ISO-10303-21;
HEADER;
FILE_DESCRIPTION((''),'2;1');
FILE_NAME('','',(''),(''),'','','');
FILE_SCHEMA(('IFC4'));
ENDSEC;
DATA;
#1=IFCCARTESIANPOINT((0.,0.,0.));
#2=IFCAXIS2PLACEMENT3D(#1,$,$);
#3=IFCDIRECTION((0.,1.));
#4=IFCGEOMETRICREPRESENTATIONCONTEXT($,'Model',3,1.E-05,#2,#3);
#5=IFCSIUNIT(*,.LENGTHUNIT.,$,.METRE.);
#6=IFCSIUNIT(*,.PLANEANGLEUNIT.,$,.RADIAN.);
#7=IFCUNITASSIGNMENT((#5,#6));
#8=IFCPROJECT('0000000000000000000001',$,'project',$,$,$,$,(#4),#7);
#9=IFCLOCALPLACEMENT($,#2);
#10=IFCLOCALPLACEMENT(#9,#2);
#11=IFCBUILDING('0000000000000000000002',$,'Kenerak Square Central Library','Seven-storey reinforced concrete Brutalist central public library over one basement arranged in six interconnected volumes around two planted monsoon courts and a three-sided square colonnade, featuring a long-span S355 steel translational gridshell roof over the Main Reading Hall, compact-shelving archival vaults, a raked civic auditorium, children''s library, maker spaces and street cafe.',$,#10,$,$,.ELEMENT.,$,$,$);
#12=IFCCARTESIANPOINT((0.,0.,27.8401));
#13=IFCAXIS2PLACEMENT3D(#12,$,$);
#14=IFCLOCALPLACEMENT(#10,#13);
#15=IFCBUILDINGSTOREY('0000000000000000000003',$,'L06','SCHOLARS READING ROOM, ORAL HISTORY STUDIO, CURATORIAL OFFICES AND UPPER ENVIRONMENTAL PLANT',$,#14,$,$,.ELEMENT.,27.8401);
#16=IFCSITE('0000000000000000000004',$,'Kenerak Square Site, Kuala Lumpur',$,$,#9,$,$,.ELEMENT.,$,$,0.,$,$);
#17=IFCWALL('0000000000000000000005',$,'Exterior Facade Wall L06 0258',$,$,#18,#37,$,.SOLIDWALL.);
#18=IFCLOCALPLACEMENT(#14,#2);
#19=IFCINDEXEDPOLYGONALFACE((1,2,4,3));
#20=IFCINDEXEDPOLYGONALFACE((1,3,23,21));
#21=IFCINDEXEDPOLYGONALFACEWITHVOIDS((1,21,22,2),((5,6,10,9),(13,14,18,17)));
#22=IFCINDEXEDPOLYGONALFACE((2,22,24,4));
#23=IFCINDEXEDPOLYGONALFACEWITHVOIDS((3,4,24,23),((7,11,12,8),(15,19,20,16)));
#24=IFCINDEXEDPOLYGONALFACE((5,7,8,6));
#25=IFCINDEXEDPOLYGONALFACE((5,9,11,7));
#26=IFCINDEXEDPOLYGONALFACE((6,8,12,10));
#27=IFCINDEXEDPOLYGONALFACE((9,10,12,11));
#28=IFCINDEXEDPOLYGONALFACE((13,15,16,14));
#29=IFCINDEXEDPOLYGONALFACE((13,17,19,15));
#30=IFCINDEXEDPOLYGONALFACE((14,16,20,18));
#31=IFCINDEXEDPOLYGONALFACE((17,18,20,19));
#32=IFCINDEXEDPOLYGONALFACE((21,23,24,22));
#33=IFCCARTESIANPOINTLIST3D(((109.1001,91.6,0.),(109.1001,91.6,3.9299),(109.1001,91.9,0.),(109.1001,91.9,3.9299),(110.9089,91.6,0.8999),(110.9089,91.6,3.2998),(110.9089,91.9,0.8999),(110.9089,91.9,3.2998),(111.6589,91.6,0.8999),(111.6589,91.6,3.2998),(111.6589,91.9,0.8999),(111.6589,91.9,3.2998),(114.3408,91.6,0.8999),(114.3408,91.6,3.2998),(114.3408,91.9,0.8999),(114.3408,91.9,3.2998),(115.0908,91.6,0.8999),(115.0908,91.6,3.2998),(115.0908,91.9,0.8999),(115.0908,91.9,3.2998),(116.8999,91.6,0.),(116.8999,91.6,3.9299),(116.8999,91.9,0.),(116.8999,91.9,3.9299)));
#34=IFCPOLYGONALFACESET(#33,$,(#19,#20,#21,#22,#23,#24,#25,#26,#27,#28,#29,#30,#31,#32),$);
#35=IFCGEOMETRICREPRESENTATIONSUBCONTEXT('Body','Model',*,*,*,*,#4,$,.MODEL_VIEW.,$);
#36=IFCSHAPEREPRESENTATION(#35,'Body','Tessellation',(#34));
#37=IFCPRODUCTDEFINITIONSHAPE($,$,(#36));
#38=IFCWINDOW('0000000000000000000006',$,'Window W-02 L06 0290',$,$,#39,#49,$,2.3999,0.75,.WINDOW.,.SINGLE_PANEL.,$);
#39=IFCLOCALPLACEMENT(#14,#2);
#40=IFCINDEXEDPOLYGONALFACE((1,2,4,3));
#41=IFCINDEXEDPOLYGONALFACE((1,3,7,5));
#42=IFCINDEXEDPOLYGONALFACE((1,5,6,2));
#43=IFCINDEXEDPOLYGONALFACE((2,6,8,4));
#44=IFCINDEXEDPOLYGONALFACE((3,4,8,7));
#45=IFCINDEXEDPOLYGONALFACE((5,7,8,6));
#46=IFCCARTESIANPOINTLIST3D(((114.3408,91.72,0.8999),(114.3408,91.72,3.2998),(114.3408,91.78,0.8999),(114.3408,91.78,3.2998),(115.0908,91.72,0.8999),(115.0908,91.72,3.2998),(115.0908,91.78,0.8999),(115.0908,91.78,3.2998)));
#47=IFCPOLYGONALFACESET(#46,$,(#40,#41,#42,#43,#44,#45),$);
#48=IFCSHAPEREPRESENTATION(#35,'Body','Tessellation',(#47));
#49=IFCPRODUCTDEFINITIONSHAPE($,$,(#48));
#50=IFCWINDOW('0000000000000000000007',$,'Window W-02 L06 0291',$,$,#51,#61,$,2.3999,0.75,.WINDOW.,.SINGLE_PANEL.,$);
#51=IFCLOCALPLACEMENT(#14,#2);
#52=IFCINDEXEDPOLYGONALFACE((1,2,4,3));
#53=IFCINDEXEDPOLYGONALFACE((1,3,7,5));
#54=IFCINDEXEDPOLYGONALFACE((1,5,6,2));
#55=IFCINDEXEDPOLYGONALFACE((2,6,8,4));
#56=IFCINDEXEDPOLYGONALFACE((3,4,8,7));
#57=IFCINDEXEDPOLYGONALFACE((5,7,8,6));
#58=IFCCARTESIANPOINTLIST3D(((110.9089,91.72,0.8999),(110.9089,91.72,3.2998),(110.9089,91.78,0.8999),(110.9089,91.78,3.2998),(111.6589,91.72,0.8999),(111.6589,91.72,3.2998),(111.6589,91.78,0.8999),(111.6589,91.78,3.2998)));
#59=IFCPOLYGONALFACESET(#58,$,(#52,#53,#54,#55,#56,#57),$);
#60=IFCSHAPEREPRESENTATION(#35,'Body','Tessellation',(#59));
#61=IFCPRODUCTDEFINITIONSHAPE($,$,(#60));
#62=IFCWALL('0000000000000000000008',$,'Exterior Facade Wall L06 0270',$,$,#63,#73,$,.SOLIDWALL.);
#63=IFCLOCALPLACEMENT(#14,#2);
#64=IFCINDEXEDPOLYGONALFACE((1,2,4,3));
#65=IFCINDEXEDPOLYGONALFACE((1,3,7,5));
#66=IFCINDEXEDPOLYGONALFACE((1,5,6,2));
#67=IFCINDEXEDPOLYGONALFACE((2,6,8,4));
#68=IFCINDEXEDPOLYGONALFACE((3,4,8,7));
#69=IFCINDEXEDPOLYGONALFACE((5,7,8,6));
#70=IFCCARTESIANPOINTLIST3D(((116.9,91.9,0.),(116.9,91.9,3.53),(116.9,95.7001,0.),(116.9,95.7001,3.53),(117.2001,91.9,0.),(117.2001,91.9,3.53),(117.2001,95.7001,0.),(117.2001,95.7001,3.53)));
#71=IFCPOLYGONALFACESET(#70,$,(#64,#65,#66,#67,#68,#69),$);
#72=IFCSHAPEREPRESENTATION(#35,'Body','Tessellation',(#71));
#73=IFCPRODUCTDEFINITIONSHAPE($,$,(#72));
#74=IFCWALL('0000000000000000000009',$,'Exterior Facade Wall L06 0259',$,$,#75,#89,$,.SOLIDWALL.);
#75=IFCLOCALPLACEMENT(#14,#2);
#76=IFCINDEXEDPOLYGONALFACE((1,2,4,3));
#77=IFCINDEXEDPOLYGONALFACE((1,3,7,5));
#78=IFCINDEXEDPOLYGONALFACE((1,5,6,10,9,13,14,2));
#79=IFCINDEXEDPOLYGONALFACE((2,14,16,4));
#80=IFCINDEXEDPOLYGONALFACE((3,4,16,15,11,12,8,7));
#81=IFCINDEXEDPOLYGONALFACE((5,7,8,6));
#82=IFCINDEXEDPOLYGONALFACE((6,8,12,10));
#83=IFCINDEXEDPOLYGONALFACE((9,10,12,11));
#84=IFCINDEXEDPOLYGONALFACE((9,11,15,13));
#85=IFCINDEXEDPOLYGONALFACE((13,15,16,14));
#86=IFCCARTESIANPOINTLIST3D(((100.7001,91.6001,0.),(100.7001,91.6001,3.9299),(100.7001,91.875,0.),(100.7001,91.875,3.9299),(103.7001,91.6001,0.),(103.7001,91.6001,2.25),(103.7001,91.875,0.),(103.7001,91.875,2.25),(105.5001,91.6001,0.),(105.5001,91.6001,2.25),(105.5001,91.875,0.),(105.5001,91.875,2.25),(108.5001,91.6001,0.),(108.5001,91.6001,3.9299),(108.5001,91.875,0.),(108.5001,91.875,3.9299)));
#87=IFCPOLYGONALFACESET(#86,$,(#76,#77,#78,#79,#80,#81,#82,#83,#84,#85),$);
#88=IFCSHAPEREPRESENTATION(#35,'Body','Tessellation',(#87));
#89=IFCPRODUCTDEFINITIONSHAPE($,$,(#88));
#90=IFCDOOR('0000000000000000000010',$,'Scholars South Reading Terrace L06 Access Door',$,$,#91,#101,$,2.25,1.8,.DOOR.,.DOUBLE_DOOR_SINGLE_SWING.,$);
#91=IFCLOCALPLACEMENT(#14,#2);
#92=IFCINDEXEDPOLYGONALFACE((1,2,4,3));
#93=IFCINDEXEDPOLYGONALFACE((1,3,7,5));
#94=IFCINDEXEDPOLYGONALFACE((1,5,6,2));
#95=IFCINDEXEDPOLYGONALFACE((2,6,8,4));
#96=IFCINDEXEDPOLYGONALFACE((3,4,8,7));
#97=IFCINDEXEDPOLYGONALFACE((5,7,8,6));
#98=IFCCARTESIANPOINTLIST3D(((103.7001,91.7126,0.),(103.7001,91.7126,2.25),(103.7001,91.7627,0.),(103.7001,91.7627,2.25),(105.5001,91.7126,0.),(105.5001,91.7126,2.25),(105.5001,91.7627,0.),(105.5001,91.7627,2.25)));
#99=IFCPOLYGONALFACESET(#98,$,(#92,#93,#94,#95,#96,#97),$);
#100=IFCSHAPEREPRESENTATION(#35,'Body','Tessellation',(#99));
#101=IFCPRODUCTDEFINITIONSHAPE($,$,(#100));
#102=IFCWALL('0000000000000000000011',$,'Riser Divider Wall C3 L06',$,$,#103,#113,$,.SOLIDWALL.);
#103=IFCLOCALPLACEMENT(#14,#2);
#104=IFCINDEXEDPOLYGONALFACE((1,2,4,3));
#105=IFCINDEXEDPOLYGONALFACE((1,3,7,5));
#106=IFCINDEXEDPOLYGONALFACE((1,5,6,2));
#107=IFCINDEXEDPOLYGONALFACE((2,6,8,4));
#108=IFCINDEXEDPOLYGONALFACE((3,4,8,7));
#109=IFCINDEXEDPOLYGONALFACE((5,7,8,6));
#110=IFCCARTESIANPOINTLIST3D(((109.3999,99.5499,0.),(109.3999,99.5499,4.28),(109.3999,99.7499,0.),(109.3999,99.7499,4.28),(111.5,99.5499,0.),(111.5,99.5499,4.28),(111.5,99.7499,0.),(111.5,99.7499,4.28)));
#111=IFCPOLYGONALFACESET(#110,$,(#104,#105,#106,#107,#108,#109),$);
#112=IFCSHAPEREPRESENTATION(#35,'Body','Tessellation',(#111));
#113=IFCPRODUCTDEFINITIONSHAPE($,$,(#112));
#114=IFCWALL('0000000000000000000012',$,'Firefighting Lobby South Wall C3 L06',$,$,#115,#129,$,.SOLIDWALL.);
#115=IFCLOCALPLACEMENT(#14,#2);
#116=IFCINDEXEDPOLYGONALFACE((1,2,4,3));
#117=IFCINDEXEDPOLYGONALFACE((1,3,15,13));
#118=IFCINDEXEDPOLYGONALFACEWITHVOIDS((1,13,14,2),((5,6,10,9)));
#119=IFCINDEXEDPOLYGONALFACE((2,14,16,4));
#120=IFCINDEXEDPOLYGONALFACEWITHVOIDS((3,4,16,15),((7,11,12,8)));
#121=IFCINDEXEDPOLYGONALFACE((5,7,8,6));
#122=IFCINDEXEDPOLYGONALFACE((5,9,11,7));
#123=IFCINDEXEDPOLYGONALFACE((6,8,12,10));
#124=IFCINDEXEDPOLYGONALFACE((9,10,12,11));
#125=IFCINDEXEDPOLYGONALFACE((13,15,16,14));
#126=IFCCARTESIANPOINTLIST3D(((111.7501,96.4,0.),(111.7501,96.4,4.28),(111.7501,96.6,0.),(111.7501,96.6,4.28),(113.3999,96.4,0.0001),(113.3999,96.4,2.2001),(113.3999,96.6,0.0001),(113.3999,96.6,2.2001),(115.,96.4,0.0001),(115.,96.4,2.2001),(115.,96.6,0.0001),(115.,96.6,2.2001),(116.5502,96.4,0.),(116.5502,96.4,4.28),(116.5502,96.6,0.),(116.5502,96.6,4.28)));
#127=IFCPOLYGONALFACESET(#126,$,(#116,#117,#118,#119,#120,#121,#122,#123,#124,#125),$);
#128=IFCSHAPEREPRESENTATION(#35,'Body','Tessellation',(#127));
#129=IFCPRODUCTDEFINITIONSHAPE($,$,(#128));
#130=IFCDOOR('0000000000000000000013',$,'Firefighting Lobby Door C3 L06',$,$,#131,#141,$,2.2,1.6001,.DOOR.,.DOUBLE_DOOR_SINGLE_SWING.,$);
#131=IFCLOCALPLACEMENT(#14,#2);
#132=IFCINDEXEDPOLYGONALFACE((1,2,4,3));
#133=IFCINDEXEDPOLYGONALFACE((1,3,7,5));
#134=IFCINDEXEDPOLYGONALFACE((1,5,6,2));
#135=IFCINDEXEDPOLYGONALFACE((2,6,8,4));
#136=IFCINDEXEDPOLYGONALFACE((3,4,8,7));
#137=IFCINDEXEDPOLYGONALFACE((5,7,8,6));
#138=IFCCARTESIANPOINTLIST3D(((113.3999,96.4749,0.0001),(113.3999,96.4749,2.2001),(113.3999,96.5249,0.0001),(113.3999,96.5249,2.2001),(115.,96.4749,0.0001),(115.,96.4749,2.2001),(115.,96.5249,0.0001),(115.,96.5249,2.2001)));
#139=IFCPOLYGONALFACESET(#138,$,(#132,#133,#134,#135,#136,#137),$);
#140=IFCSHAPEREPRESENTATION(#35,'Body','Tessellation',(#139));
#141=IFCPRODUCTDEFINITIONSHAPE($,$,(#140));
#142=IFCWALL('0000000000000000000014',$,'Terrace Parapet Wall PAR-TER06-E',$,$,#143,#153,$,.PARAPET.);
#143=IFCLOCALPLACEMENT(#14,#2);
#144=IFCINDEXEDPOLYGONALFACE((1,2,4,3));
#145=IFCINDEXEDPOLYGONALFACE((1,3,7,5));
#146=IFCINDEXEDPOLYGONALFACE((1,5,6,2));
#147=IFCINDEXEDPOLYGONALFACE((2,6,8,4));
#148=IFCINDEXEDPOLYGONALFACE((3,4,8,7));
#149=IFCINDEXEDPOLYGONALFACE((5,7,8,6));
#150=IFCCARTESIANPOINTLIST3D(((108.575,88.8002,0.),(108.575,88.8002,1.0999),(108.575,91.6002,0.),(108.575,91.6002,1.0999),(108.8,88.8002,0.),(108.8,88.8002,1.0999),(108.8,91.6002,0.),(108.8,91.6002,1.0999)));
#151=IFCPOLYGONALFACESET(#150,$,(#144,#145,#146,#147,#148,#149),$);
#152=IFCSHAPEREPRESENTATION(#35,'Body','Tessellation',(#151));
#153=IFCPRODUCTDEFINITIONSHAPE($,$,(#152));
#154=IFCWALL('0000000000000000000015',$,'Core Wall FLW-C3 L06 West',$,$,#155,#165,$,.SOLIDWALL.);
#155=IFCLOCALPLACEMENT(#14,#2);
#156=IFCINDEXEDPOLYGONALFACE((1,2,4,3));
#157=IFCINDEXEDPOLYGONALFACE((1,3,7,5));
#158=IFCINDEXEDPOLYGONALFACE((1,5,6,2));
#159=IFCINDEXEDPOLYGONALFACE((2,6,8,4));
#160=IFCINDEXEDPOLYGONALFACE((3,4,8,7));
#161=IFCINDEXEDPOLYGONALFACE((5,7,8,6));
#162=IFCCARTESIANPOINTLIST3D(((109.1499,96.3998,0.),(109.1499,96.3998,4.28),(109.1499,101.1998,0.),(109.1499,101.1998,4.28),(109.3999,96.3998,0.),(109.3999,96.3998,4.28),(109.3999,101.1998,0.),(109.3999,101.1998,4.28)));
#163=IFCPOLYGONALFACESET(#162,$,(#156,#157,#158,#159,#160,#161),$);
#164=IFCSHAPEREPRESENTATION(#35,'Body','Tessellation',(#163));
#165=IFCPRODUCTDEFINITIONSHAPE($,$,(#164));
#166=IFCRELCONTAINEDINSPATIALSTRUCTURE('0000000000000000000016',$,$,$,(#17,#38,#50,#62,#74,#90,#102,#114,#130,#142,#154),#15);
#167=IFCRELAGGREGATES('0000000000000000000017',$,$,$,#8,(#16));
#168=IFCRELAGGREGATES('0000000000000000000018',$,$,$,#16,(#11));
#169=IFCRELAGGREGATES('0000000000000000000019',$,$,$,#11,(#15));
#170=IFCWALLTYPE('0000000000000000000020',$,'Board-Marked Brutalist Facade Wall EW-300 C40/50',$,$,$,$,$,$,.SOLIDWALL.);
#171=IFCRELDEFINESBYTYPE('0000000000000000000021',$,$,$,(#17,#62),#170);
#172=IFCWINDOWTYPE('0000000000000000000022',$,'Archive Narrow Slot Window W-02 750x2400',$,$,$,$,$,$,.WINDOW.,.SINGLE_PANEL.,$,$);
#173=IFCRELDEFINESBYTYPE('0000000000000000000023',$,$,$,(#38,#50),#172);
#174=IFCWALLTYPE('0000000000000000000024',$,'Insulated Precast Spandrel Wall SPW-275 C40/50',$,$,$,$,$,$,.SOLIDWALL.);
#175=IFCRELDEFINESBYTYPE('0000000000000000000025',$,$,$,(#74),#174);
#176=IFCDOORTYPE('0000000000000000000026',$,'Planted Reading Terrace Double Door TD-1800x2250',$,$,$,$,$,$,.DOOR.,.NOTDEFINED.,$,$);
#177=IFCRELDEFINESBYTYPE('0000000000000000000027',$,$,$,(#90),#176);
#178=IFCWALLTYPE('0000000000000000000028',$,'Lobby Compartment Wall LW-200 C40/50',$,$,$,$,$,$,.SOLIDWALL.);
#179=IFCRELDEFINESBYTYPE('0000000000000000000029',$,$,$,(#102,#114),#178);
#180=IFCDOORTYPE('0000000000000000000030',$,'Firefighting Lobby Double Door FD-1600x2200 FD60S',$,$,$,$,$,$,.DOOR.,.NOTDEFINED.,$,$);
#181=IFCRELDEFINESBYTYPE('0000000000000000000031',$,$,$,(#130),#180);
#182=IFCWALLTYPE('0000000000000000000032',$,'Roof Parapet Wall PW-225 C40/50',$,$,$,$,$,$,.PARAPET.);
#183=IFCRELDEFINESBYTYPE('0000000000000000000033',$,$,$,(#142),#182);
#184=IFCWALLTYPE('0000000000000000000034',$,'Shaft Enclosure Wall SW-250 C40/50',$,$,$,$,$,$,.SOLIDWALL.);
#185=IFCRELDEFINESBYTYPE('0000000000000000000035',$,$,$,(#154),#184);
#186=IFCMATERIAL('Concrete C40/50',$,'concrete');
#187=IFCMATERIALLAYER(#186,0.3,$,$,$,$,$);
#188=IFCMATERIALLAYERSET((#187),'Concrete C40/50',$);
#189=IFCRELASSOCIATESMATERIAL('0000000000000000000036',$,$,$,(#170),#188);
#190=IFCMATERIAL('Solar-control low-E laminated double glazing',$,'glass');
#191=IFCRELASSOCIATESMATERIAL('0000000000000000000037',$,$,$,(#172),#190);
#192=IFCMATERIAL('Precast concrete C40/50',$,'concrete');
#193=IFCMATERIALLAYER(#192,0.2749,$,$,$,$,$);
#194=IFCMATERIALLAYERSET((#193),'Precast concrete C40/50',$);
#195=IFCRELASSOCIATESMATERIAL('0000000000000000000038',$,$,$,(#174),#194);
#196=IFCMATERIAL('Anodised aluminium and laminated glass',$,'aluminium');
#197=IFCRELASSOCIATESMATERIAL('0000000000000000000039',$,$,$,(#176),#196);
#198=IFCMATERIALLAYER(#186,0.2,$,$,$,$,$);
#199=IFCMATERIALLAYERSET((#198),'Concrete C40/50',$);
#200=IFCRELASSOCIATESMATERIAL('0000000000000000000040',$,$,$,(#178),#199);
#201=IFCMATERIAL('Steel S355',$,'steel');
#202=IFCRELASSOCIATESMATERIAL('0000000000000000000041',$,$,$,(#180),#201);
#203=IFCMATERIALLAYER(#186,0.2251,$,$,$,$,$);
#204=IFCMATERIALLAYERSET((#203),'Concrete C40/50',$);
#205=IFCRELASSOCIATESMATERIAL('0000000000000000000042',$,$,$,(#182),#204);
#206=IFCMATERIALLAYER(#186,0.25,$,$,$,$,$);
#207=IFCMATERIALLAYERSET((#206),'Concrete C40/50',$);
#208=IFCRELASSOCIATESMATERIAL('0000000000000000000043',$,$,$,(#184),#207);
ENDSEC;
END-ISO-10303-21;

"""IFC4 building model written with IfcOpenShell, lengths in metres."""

from ifc_helpers import new_model, si_unit, direction, frame, frame_2d, origin, place, context, subcontext, project, spatial, rectangle, extrude, material, layer, layer_set, type_object, element, fill, save


model = new_model("IFC4")

# Units and contexts
model_context = context("Model", 3, precision=1e-05, world=origin(), true_north=direction((0.0, 1.0)))
body_context = subcontext(model_context, "Body", "Model", "MODEL_VIEW")
ifc_project = project(units=[si_unit("LENGTHUNIT", "METRE"), si_unit("PLANEANGLEUNIT", "RADIAN")], contexts=[model_context])

# Site, building, storey
site_placement = place(None, origin())
site = spatial("IfcSite", under=ifc_project, at=site_placement, Name="Kenerak Square Site, Kuala Lumpur", CompositionType="ELEMENT", RefElevation=0.0)
building_placement = place(site_placement, origin())
building = spatial("IfcBuilding", under=site, at=building_placement, Name="Kenerak Square Central Library", Description="Seven-storey reinforced concrete Brutalist central public library over one basement arranged in six interconnected volumes around two planted monsoon courts and a three-sided square colonnade, featuring a long-span S355 steel translational gridshell roof over the Main Reading Hall, compact-shelving archival vaults, a raked civic auditorium, children's library, maker spaces and street cafe.", CompositionType="ELEMENT")
storey_placement = place(building_placement, frame((0.0, 0.0, 27.8401)))
storey = spatial("IfcBuildingStorey", under=building, at=storey_placement, Name="L06", Description="SCHOLARS READING ROOM, ORAL HISTORY STUDIO, CURATORIAL OFFICES AND UPPER ENVIRONMENTAL PLANT", CompositionType="ELEMENT", Elevation=27.8401)

# Shared definitions
ifc_material_1 = material(Name="Concrete C40/50", Category="concrete")

# Shared definitions
ifc_material_2 = material(Name="Steel S355", Category="steel")

# Wall, openings, windows
ifc_layer_1 = layer(ifc_material_1, 0.3)
ifc_layer_set_1 = layer_set([ifc_layer_1], Name="Concrete C40/50")
wall_type_1 = type_object("IfcWallType", Name="Board-Marked Brutalist Facade Wall EW-300 C40/50", PredefinedType="SOLIDWALL", material=ifc_layer_set_1)
wall_1_placement = place(storey_placement, frame((116.8999, 91.75, 0.0), z_axis=(0.0, 0.0, 1.0), x_axis=(-1.0, 0.0, 0.0)))
wall_1 = element("IfcWall", 1, at=wall_1_placement, inside=storey, type_object=wall_type_1, Name="Exterior Facade Wall L06 0258", PredefinedType="SOLIDWALL", context=body_context, shape_type="SweptSolid", body=[
    extrude(rectangle(XDim=7.7998, YDim=0.3, at=frame_2d((3.8999, 0.0))), origin(), (0.0, 0.0, 1.0), 3.9299),
])
opening_1_placement = place(wall_1_placement, frame((1.8091, 0.0, 0.8999)))
opening_1 = element("IfcOpeningElement", 2, at=opening_1_placement, cuts=wall_1, PredefinedType="OPENING", context=body_context, shape_type="SweptSolid", body=[
    extrude(rectangle(XDim=0.75, YDim=2.3999, at=frame_2d((0.375, 1.2))), frame((0.0, 0.1599, 0.0), z_axis=(0.0, -1.0, 0.0), x_axis=(1.0, 0.0, 0.0)), (0.0, 0.0, 1.0), 0.3201),
])
opening_2_placement = place(wall_1_placement, frame((5.241, 0.0, 0.8999)))
opening_2 = element("IfcOpeningElement", 3, at=opening_2_placement, cuts=wall_1, PredefinedType="OPENING", context=body_context, shape_type="SweptSolid", body=[
    extrude(rectangle(XDim=0.75, YDim=2.3999, at=frame_2d((0.375, 1.2))), frame((0.0, 0.1599, 0.0), z_axis=(0.0, -1.0, 0.0), x_axis=(1.0, 0.0, 0.0)), (0.0, 0.0, 1.0), 0.3201),
])
ifc_material_3 = material(Name="Solar-control low-E laminated double glazing", Category="glass")
window_type = type_object("IfcWindowType", Name="Archive Narrow Slot Window W-02 750x2400", PartitioningType="SINGLE_PANEL", PredefinedType="WINDOW", material=ifc_material_3)
window_1_placement = place(opening_1_placement, origin())
window_1 = element("IfcWindow", 4, at=window_1_placement, inside=storey, type_object=window_type, Name="Window W-02 L06 0290", OverallHeight=2.3999, OverallWidth=0.75, PartitioningType="SINGLE_PANEL", PredefinedType="WINDOW", context=body_context, shape_type="SweptSolid", body=[
    extrude(rectangle(XDim=0.75, YDim=2.3999, at=frame_2d((0.375, 1.2))), frame((0.0, 0.03, 0.0), z_axis=(0.0, -1.0, 0.0), x_axis=(1.0, 0.0, 0.0)), (0.0, 0.0, 1.0), 0.0601),
])
fill(opening_1, window_1)
window_2_placement = place(opening_2_placement, origin())
window_2 = element("IfcWindow", 5, at=window_2_placement, inside=storey, type_object=window_type, Name="Window W-02 L06 0291", OverallHeight=2.3999, OverallWidth=0.75, PartitioningType="SINGLE_PANEL", PredefinedType="WINDOW", context=body_context, shape_type="SweptSolid", body=[
    extrude(rectangle(XDim=0.75, YDim=2.3999, at=frame_2d((0.375, 1.2))), frame((0.0, 0.03, 0.0), z_axis=(0.0, -1.0, 0.0), x_axis=(1.0, 0.0, 0.0)), (0.0, 0.0, 1.0), 0.0601),
])
fill(opening_2, window_2)

# Wall
wall_2_placement = place(storey_placement, frame((117.05, 95.7, 0.0), z_axis=(0.0, 0.0, 1.0), x_axis=(0.0, -1.0, 0.0)))
element("IfcWall", 6, at=wall_2_placement, inside=storey, type_object=wall_type_1, Name="Exterior Facade Wall L06 0270", PredefinedType="SOLIDWALL", context=body_context, shape_type="SweptSolid", body=[
    extrude(rectangle(XDim=3.8, YDim=0.3, at=frame_2d((1.8999, 0.0))), origin(), (0.0, 0.0, 1.0), 3.53),
])

# Wall, opening, door
ifc_material_4 = material(Name="Precast concrete C40/50", Category="concrete")
ifc_layer_2 = layer(ifc_material_4, 0.2749)
ifc_layer_set_2 = layer_set([ifc_layer_2], Name="Precast concrete C40/50")
wall_type_2 = type_object("IfcWallType", Name="Insulated Precast Spandrel Wall SPW-275 C40/50", PredefinedType="SOLIDWALL", material=ifc_layer_set_2)
wall_3_placement = place(storey_placement, frame((108.5, 91.7375, 0.0), z_axis=(0.0, 0.0, 1.0), x_axis=(-1.0, 0.0, 0.0)))
wall_3 = element("IfcWall", 7, at=wall_3_placement, inside=storey, type_object=wall_type_2, Name="Exterior Facade Wall L06 0259", PredefinedType="SOLIDWALL", context=body_context, shape_type="SweptSolid", body=[
    extrude(rectangle(XDim=7.8, YDim=0.2749, at=frame_2d((3.8999, 0.0))), origin(), (0.0, 0.0, 1.0), 3.9299),
])
opening_3_placement = place(wall_3_placement, frame((3.0, 0.0, 0.0)))
opening_3 = element("IfcOpeningElement", 8, at=opening_3_placement, cuts=wall_3, PredefinedType="OPENING", context=body_context, shape_type="SweptSolid", body=[
    extrude(rectangle(XDim=1.8, YDim=2.25, at=frame_2d((0.8999, 1.125))), frame((0.0, 0.1475, 0.0), z_axis=(0.0, -1.0, 0.0), x_axis=(1.0, 0.0, 0.0)), (0.0, 0.0, 1.0), 0.2949),
])
ifc_material_5 = material(Name="Anodised aluminium and laminated glass", Category="aluminium")
door_type_1 = type_object("IfcDoorType", Name="Planted Reading Terrace Double Door TD-1800x2250", OperationType="NOTDEFINED", PredefinedType="DOOR", material=ifc_material_5)
door_1_placement = place(opening_3_placement, origin())
door_1 = element("IfcDoor", 9, at=door_1_placement, inside=storey, type_object=door_type_1, Name="Scholars South Reading Terrace L06 Access Door", OperationType="DOUBLE_DOOR_SINGLE_SWING", OverallHeight=2.25, OverallWidth=1.8, PredefinedType="DOOR", context=body_context, shape_type="SweptSolid", body=[
    extrude(rectangle(XDim=1.8, YDim=2.25, at=frame_2d((0.8999, 1.125))), frame((0.0, 0.0249, 0.0), z_axis=(0.0, -1.0, 0.0), x_axis=(1.0, 0.0, 0.0)), (0.0, 0.0, 1.0), 0.05),
])
fill(opening_3, door_1)

# Wall
ifc_layer_3 = layer(ifc_material_1, 0.2)
ifc_layer_set_3 = layer_set([ifc_layer_3], Name="Concrete C40/50")
wall_type_3 = type_object("IfcWallType", Name="Lobby Compartment Wall LW-200 C40/50", PredefinedType="SOLIDWALL", material=ifc_layer_set_3)
wall_4_placement = place(storey_placement, frame((109.3999, 99.6499, 0.0), z_axis=(0.0, 0.0, 1.0), x_axis=(1.0, 0.0, 0.0)))
element("IfcWall", 10, at=wall_4_placement, inside=storey, type_object=wall_type_3, Name="Riser Divider Wall C3 L06", PredefinedType="SOLIDWALL", context=body_context, shape_type="SweptSolid", body=[
    extrude(rectangle(XDim=2.1001, YDim=0.2, at=frame_2d((1.05, 0.0))), origin(), (0.0, 0.0, 1.0), 4.28),
])

# Wall, opening, door
wall_5_placement = place(storey_placement, frame((116.55, 96.5, 0.0), z_axis=(0.0, 0.0, 1.0), x_axis=(-1.0, 0.0, 0.0)))
wall_5 = element("IfcWall", 11, at=wall_5_placement, inside=storey, type_object=wall_type_3, Name="Firefighting Lobby South Wall C3 L06", PredefinedType="SOLIDWALL", context=body_context, shape_type="SweptSolid", body=[
    extrude(rectangle(XDim=4.8, YDim=0.2, at=frame_2d((2.3999, 0.0))), origin(), (0.0, 0.0, 1.0), 4.28),
])
opening_4_placement = place(wall_5_placement, frame((1.55, 0.0, 0.0)))
opening_4 = element("IfcOpeningElement", 12, at=opening_4_placement, cuts=wall_5, PredefinedType="OPENING", context=body_context, shape_type="SweptSolid", body=[
    extrude(rectangle(XDim=1.6001, YDim=2.2, at=frame_2d((0.8, 1.1001))), frame((0.0, 0.1099, 0.0), z_axis=(0.0, -1.0, 0.0), x_axis=(1.0, 0.0, 0.0)), (0.0, 0.0, 1.0), 0.22),
])
door_type_2 = type_object("IfcDoorType", Name="Firefighting Lobby Double Door FD-1600x2200 FD60S", OperationType="NOTDEFINED", PredefinedType="DOOR", material=ifc_material_2)
door_2_placement = place(opening_4_placement, frame((1.6001, 0.0, 0.0), z_axis=(0.0, 0.0, 1.0), x_axis=(-1.0, 0.0, 0.0)))
door_2 = element("IfcDoor", 13, at=door_2_placement, inside=storey, type_object=door_type_2, Name="Firefighting Lobby Door C3 L06", OperationType="DOUBLE_DOOR_SINGLE_SWING", OverallHeight=2.2, OverallWidth=1.6001, PredefinedType="DOOR", context=body_context, shape_type="SweptSolid", body=[
    extrude(rectangle(XDim=1.6001, YDim=2.2, at=frame_2d((0.8, 1.1001))), frame((0.0, 0.0249, 0.0), z_axis=(0.0, -1.0, 0.0), x_axis=(1.0, 0.0, 0.0)), (0.0, 0.0, 1.0), 0.05),
])
fill(opening_4, door_2)

# Walls
ifc_layer_4 = layer(ifc_material_1, 0.2251)
ifc_layer_set_4 = layer_set([ifc_layer_4], Name="Concrete C40/50")
wall_type_4 = type_object("IfcWallType", Name="Roof Parapet Wall PW-225 C40/50", PredefinedType="PARAPET", material=ifc_layer_set_4)
wall_6_placement = place(storey_placement, frame((108.6875, 91.6001, 0.0), z_axis=(0.0, 0.0, 1.0), x_axis=(0.0, -1.0, 0.0)))
element("IfcWall", 14, at=wall_6_placement, inside=storey, type_object=wall_type_4, Name="Terrace Parapet Wall PAR-TER06-E", PredefinedType="PARAPET", context=body_context, shape_type="SweptSolid", body=[
    extrude(rectangle(XDim=2.8, YDim=0.2251, at=frame_2d((1.3999, 0.0))), origin(), (0.0, 0.0, 1.0), 1.0999),
])
ifc_layer_5 = layer(ifc_material_1, 0.25)
ifc_layer_set_5 = layer_set([ifc_layer_5], Name="Concrete C40/50")
wall_type_5 = type_object("IfcWallType", Name="Shaft Enclosure Wall SW-250 C40/50", PredefinedType="SOLIDWALL", material=ifc_layer_set_5)
wall_7_placement = place(storey_placement, frame((109.2749, 96.3999, 0.0), z_axis=(0.0, 0.0, 1.0), x_axis=(0.0, 1.0, 0.0)))
element("IfcWall", 15, at=wall_7_placement, inside=storey, type_object=wall_type_5, Name="Core Wall FLW-C3 L06 West", PredefinedType="SOLIDWALL", context=body_context, shape_type="SweptSolid", body=[
    extrude(rectangle(XDim=4.8, YDim=0.25, at=frame_2d((2.3999, 0.0))), origin(), (0.0, 0.0, 1.0), 4.28),
])

save(model, "model.ifc")
